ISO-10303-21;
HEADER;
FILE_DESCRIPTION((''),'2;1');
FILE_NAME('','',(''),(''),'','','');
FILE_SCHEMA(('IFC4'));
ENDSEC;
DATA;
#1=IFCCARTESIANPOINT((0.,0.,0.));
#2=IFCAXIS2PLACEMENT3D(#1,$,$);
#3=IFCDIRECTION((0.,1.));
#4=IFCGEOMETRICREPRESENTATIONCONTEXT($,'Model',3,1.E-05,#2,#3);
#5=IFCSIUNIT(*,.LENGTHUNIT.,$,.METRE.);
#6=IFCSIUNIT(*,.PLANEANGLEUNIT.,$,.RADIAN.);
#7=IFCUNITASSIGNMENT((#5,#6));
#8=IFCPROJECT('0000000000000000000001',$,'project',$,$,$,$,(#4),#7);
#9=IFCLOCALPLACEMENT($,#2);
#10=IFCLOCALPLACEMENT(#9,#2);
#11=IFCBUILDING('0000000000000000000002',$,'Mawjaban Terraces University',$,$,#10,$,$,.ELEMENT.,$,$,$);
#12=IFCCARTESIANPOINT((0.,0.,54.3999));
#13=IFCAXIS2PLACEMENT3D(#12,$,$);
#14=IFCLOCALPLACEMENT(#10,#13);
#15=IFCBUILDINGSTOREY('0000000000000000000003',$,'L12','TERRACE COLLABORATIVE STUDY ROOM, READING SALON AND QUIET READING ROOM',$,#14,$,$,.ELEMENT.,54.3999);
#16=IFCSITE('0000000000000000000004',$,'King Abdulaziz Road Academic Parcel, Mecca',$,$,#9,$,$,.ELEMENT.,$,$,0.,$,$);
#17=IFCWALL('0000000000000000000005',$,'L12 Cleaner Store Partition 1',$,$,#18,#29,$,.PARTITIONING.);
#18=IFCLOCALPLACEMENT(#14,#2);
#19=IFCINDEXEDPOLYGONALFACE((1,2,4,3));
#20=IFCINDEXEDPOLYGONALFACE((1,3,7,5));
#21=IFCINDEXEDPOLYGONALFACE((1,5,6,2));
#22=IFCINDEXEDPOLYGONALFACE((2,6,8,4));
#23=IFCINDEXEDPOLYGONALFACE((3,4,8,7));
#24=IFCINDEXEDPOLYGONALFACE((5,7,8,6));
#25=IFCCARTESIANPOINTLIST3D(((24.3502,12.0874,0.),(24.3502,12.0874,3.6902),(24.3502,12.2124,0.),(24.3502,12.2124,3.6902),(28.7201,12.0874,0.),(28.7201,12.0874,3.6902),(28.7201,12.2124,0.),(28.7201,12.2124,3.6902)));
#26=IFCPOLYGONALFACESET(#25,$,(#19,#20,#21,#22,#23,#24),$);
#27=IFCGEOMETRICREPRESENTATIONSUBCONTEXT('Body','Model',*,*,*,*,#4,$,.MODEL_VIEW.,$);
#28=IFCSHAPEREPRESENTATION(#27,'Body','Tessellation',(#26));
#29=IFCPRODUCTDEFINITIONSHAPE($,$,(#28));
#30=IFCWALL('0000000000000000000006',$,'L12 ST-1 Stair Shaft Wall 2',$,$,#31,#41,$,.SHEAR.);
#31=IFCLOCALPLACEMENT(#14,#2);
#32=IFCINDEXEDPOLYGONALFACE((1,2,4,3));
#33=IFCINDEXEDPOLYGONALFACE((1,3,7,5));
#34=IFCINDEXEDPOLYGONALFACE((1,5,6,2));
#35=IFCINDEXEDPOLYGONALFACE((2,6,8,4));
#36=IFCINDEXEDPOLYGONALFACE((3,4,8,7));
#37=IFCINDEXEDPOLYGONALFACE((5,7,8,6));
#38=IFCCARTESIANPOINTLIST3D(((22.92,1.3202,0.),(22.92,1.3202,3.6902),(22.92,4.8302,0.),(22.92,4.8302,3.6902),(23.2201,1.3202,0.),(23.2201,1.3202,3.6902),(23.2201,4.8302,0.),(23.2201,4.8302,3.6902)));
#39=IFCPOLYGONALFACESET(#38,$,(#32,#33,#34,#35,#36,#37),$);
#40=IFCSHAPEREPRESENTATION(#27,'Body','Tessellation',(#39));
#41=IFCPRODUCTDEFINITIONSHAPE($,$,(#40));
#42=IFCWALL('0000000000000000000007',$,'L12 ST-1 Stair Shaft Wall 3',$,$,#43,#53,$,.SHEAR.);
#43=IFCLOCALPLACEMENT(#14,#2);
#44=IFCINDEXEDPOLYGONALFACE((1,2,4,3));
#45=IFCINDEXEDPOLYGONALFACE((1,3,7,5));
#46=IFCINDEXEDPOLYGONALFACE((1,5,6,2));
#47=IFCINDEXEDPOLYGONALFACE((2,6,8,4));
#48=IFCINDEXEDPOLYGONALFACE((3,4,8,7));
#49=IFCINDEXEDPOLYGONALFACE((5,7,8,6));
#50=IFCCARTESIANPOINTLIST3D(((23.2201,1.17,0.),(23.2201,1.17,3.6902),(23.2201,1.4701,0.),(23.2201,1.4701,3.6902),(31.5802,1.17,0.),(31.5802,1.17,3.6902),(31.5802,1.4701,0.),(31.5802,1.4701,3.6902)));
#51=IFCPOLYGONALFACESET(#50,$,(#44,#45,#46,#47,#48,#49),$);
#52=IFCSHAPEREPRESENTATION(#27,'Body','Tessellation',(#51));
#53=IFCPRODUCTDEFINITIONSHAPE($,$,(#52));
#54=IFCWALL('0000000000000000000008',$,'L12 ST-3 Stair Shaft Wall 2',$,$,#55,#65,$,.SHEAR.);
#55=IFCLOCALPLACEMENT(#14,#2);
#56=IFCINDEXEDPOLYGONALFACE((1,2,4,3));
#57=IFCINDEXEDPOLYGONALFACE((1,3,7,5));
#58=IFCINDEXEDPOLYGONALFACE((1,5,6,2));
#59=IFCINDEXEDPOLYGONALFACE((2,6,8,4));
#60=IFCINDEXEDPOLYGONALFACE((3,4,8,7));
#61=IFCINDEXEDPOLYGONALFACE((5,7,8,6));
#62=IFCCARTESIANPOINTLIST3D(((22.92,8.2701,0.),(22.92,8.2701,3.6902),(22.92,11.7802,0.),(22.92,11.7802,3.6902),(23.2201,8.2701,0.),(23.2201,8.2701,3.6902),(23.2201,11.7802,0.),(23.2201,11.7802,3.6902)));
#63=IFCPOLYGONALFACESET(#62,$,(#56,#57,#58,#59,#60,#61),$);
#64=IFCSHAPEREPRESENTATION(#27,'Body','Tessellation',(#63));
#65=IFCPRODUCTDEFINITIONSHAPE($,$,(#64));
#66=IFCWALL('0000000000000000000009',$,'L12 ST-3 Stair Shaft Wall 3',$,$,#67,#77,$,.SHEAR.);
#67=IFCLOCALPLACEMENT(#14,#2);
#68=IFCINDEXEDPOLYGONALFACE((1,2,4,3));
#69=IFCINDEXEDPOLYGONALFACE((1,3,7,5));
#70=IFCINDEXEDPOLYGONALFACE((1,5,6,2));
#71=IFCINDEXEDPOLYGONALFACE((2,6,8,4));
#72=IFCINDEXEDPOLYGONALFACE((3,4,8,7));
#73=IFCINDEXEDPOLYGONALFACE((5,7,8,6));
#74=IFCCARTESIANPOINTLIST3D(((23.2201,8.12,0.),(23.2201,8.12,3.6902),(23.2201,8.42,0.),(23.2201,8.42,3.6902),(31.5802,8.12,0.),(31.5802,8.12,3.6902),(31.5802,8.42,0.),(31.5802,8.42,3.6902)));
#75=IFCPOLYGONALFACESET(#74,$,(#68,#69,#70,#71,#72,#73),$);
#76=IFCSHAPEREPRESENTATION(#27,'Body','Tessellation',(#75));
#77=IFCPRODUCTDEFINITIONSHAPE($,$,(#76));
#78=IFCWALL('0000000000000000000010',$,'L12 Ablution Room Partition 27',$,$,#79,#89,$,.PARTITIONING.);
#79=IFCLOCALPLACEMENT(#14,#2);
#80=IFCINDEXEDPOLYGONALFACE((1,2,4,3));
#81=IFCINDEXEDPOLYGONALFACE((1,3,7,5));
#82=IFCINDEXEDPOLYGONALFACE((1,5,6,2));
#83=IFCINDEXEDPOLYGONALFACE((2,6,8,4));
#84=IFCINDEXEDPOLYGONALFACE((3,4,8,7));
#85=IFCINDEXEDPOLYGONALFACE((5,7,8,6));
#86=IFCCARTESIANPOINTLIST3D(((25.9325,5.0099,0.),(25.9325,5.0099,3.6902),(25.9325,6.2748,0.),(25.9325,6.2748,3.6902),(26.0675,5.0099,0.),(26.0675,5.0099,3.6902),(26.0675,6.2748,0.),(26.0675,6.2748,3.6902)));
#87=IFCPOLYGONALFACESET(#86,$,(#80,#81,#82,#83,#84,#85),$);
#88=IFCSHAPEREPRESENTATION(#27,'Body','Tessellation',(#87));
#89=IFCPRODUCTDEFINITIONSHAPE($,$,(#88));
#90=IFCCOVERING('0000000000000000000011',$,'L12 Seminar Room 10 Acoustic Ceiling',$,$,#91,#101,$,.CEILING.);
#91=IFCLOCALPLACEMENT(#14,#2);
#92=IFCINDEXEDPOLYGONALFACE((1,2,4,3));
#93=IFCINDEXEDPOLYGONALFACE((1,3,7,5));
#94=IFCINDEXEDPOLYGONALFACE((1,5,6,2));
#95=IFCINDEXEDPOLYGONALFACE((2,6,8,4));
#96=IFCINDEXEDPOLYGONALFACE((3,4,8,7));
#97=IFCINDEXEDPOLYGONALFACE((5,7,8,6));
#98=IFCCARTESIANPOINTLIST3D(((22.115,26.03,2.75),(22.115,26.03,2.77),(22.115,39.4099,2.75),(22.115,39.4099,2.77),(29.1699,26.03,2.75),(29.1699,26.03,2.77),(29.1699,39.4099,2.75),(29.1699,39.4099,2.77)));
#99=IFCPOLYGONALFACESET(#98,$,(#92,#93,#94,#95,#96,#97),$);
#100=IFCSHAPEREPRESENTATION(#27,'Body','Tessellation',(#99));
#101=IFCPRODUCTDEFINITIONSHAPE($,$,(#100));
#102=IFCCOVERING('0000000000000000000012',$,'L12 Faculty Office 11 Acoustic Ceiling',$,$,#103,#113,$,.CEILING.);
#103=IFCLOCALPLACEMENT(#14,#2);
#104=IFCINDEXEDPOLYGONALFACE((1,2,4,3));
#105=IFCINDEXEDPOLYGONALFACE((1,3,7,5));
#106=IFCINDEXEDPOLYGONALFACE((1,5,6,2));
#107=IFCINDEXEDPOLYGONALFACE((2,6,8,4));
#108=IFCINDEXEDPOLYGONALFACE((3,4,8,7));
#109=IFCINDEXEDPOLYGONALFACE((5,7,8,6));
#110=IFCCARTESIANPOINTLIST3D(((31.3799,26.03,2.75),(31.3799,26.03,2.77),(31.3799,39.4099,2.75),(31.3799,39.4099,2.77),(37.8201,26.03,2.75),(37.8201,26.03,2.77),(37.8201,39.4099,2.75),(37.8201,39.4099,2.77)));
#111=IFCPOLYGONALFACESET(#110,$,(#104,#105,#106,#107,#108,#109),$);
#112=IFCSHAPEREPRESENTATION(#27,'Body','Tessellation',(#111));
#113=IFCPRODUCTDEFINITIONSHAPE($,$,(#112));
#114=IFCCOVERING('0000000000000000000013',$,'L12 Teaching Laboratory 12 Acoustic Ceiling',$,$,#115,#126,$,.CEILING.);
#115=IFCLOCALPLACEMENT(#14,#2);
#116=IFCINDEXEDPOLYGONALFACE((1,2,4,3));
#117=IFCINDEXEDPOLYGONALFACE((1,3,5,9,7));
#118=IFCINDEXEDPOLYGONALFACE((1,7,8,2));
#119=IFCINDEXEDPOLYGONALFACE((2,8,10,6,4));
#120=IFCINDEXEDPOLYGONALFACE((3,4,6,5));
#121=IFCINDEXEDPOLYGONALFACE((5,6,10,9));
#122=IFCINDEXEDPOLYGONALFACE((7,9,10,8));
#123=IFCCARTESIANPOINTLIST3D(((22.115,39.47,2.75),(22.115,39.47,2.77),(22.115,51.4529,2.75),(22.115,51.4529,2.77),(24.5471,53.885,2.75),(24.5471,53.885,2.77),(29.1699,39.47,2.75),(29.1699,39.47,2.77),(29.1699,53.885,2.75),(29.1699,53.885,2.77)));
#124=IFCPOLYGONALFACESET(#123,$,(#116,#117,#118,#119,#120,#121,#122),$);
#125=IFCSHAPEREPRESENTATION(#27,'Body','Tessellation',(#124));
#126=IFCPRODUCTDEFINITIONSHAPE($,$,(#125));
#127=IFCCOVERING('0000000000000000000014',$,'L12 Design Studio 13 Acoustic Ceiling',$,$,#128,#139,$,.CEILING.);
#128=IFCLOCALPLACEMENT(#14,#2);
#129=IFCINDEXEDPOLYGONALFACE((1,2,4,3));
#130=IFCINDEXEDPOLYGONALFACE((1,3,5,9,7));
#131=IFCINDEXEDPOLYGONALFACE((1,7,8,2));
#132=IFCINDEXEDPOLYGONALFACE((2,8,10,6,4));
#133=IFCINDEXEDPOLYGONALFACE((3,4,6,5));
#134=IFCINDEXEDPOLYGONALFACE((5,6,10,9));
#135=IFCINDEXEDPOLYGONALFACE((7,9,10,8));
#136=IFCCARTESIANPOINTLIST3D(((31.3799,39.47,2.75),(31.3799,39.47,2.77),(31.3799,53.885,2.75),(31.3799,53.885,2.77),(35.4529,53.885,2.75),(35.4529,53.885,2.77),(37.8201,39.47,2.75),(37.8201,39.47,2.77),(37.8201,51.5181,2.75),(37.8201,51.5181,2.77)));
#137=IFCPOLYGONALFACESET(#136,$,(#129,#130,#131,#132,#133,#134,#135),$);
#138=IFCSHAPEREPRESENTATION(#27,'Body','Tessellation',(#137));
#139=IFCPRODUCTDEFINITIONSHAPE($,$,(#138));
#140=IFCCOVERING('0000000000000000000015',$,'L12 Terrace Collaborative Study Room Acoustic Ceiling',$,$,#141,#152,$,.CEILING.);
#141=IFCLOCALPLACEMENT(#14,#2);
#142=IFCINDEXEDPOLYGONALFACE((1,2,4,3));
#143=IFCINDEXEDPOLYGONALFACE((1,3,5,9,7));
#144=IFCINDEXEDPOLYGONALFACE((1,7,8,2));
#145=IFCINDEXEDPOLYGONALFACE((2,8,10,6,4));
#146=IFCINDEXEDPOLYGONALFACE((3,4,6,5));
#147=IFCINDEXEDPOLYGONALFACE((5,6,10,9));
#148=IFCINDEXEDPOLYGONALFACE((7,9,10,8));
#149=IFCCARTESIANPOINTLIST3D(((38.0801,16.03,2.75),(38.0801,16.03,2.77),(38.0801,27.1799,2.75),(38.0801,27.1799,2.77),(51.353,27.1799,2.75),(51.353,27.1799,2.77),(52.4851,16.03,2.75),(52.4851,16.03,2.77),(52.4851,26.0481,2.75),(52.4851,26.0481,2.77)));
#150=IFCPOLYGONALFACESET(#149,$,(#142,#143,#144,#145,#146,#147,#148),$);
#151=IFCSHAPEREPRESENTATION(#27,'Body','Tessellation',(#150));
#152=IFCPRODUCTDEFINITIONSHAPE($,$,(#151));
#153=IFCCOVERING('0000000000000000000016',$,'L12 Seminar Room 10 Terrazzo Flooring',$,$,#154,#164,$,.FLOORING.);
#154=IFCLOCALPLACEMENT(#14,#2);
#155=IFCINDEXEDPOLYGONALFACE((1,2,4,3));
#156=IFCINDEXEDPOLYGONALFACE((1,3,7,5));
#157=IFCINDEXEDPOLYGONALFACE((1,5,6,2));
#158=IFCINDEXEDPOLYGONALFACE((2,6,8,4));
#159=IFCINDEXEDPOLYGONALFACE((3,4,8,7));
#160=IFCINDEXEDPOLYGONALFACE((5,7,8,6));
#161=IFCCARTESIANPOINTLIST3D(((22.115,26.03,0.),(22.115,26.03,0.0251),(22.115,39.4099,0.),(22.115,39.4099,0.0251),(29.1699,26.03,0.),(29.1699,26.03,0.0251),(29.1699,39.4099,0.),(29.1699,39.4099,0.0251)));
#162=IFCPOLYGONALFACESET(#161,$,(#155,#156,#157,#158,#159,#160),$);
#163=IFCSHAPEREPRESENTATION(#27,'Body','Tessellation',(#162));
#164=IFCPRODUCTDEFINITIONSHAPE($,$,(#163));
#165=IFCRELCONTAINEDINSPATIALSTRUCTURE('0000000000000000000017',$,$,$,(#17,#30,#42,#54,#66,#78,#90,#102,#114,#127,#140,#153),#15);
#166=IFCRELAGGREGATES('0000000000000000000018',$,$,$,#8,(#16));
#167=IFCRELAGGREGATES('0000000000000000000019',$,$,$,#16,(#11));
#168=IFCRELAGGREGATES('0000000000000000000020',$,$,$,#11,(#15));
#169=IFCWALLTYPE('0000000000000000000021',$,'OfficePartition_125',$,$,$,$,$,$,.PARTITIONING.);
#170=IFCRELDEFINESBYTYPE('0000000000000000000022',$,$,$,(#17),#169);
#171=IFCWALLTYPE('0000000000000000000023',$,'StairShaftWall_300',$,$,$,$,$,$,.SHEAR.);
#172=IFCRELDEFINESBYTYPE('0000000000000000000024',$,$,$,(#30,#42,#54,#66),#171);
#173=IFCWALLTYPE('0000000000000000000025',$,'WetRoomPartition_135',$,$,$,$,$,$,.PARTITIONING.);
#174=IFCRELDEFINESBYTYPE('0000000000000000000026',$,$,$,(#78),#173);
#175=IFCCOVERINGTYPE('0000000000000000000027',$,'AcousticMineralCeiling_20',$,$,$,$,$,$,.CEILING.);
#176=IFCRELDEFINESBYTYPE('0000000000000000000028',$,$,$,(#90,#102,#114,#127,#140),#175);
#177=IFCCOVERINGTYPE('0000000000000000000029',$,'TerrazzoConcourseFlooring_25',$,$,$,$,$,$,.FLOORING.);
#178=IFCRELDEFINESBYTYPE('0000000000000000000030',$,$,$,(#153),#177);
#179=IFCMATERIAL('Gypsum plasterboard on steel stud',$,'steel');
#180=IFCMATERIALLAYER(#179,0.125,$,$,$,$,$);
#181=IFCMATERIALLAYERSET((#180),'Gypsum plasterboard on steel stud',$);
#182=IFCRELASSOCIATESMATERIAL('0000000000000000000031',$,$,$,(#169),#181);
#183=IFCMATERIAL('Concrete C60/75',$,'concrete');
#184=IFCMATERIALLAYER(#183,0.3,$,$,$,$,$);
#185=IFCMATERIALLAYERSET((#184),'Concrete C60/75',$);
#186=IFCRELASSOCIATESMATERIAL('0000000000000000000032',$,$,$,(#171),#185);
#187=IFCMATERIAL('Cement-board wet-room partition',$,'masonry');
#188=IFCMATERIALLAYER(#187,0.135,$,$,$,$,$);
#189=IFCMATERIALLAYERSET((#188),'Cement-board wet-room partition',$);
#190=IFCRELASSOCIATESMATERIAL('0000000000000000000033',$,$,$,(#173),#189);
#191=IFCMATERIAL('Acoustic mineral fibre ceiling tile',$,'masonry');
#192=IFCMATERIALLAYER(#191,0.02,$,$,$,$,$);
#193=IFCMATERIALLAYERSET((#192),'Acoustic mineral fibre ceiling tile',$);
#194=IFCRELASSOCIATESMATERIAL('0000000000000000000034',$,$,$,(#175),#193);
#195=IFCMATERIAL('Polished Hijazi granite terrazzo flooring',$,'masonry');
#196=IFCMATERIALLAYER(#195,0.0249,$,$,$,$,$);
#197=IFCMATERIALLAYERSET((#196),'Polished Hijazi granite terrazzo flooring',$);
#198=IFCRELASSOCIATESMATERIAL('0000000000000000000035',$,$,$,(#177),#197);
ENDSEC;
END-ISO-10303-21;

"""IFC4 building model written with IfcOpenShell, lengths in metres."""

from ifc_helpers import new_model, si_unit, direction, frame, frame_2d, origin, place, context, subcontext, project, spatial, polyline, rectangle, outline, extrude, material, layer, layer_set, type_object, element, save


model = new_model("IFC4")

# Units and contexts
model_context = context("Model", 3, precision=1e-05, world=origin(), true_north=direction((0.0, 1.0)))
body_context = subcontext(model_context, "Body", "Model", "MODEL_VIEW")
ifc_project = project(units=[si_unit("LENGTHUNIT", "METRE"), si_unit("PLANEANGLEUNIT", "RADIAN")], contexts=[model_context])

# Site, building, storey
site_placement = place(None, origin())
site = spatial("IfcSite", under=ifc_project, at=site_placement, Name="King Abdulaziz Road Academic Parcel, Mecca", CompositionType="ELEMENT", RefElevation=0.0)
building_placement = place(site_placement, origin())
building = spatial("IfcBuilding", under=site, at=building_placement, Name="Mawjaban Terraces University", CompositionType="ELEMENT")
storey_placement = place(building_placement, frame((0.0, 0.0, 54.3999)))
storey = spatial("IfcBuildingStorey", under=building, at=storey_placement, Name="L12", Description="TERRACE COLLABORATIVE STUDY ROOM, READING SALON AND QUIET READING ROOM", CompositionType="ELEMENT", Elevation=54.3999)

# Walls
ifc_material_1 = material(Name="Gypsum plasterboard on steel stud", Category="steel")
ifc_layer_1 = layer(ifc_material_1, 0.125)
ifc_layer_set_1 = layer_set([ifc_layer_1], Name="Gypsum plasterboard on steel stud")
wall_type_1 = type_object("IfcWallType", Name="OfficePartition_125", PredefinedType="PARTITIONING", material=ifc_layer_set_1)
wall_1_placement = place(storey_placement, frame((24.3501, 12.1499, 0.0), z_axis=(0.0, 0.0, 1.0), x_axis=(1.0, 0.0, 0.0)))
element("IfcWall", 1, at=wall_1_placement, inside=storey, type_object=wall_type_1, Name="L12 Cleaner Store Partition 1", PredefinedType="PARTITIONING", context=body_context, shape_type="SweptSolid", body=[
    extrude(rectangle(XDim=4.3699, YDim=0.125, at=frame_2d((2.1851, 0.0))), origin(), (0.0, 0.0, 1.0), 3.6902),
])
ifc_material_2 = material(Name="Concrete C60/75", Category="concrete")
ifc_layer_2 = layer(ifc_material_2, 0.3)
ifc_layer_set_2 = layer_set([ifc_layer_2], Name="Concrete C60/75")
wall_type_2 = type_object("IfcWallType", Name="StairShaftWall_300", PredefinedType="SHEAR", material=ifc_layer_set_2)
wall_2_placement = place(storey_placement, frame((23.0701, 4.8301, 0.0), z_axis=(0.0, 0.0, 1.0), x_axis=(0.0, -1.0, 0.0)))
element("IfcWall", 2, at=wall_2_placement, inside=storey, type_object=wall_type_2, Name="L12 ST-1 Stair Shaft Wall 2", PredefinedType="SHEAR", context=body_context, shape_type="SweptSolid", body=[
    extrude(rectangle(XDim=3.51, YDim=0.3, at=frame_2d((1.7549, 0.0))), origin(), (0.0, 0.0, 1.0), 3.6902),
])
wall_3_placement = place(storey_placement, frame((23.22, 1.3201, 0.0), z_axis=(0.0, 0.0, 1.0), x_axis=(1.0, 0.0, 0.0)))
element("IfcWall", 3, at=wall_3_placement, inside=storey, type_object=wall_type_2, Name="L12 ST-1 Stair Shaft Wall 3", PredefinedType="SHEAR", context=body_context, shape_type="SweptSolid", body=[
    extrude(rectangle(XDim=8.3601, YDim=0.3, at=frame_2d((4.1802, 0.0))), origin(), (0.0, 0.0, 1.0), 3.6902),
])
wall_4_placement = place(storey_placement, frame((23.0701, 11.78, 0.0), z_axis=(0.0, 0.0, 1.0), x_axis=(0.0, -1.0, 0.0)))
element("IfcWall", 4, at=wall_4_placement, inside=storey, type_object=wall_type_2, Name="L12 ST-3 Stair Shaft Wall 2", PredefinedType="SHEAR", context=body_context, shape_type="SweptSolid", body=[
    extrude(rectangle(XDim=3.51, YDim=0.3, at=frame_2d((1.7549, 0.0))), origin(), (0.0, 0.0, 1.0), 3.6902),
])
wall_5_placement = place(storey_placement, frame((23.22, 8.27, 0.0), z_axis=(0.0, 0.0, 1.0), x_axis=(1.0, 0.0, 0.0)))
element("IfcWall", 5, at=wall_5_placement, inside=storey, type_object=wall_type_2, Name="L12 ST-3 Stair Shaft Wall 3", PredefinedType="SHEAR", context=body_context, shape_type="SweptSolid", body=[
    extrude(rectangle(XDim=8.3601, YDim=0.3, at=frame_2d((4.1802, 0.0))), origin(), (0.0, 0.0, 1.0), 3.6902),
])
ifc_material_3 = material(Name="Cement-board wet-room partition", Category="masonry")
ifc_layer_3 = layer(ifc_material_3, 0.135)
ifc_layer_set_3 = layer_set([ifc_layer_3], Name="Cement-board wet-room partition")
wall_type_3 = type_object("IfcWallType", Name="WetRoomPartition_135", PredefinedType="PARTITIONING", material=ifc_layer_set_3)
wall_6_placement = place(storey_placement, frame((26.0, 5.01, 0.0), z_axis=(0.0, 0.0, 1.0), x_axis=(0.0, 1.0, 0.0)))
element("IfcWall", 6, at=wall_6_placement, inside=storey, type_object=wall_type_3, Name="L12 Ablution Room Partition 27", PredefinedType="PARTITIONING", context=body_context, shape_type="SweptSolid", body=[
    extrude(rectangle(XDim=1.2649, YDim=0.135, at=frame_2d((0.6323, 0.0))), origin(), (0.0, 0.0, 1.0), 3.6902),
])

# Coverings
ifc_material_4 = material(Name="Acoustic mineral fibre ceiling tile", Category="masonry")
ifc_layer_4 = layer(ifc_material_4, 0.02)
ifc_layer_set_4 = layer_set([ifc_layer_4], Name="Acoustic mineral fibre ceiling tile")
covering_type_1 = type_object("IfcCoveringType", Name="AcousticMineralCeiling_20", PredefinedType="CEILING", material=ifc_layer_set_4)
covering_1_placement = place(storey_placement, frame((0.0, 0.0, 2.75)))
element("IfcCovering", 7, at=covering_1_placement, inside=storey, type_object=covering_type_1, Name="L12 Seminar Room 10 Acoustic Ceiling", PredefinedType="CEILING", context=body_context, shape_type="SweptSolid", body=[
    extrude(outline(polyline([(22.115, 39.4099), (22.115, 26.03), (29.1699, 26.03), (29.1699, 39.4099), (22.115, 39.4099)])), origin(), (0.0, 0.0, 1.0), 0.02),
])
covering_2_placement = place(storey_placement, frame((0.0, 0.0, 2.75)))
element("IfcCovering", 8, at=covering_2_placement, inside=storey, type_object=covering_type_1, Name="L12 Faculty Office 11 Acoustic Ceiling", PredefinedType="CEILING", context=body_context, shape_type="SweptSolid", body=[
    extrude(outline(polyline([(37.8201, 26.03), (37.8201, 39.4099), (31.3799, 39.4099), (31.3799, 26.03), (37.8201, 26.03)])), origin(), (0.0, 0.0, 1.0), 0.02),
])
covering_3_placement = place(storey_placement, frame((0.0, 0.0, 2.75)))
element("IfcCovering", 9, at=covering_3_placement, inside=storey, type_object=covering_type_1, Name="L12 Teaching Laboratory 12 Acoustic Ceiling", PredefinedType="CEILING", context=body_context, shape_type="SweptSolid", body=[
    extrude(outline(polyline([(29.1699, 53.885), (24.5471, 53.885), (22.115, 51.4529), (22.115, 39.47), (29.1699, 39.47), (29.1699, 53.885)])), origin(), (0.0, 0.0, 1.0), 0.02),
])
covering_4_placement = place(storey_placement, frame((0.0, 0.0, 2.75)))
element("IfcCovering", 10, at=covering_4_placement, inside=storey, type_object=covering_type_1, Name="L12 Design Studio 13 Acoustic Ceiling", PredefinedType="CEILING", context=body_context, shape_type="SweptSolid", body=[
    extrude(outline(polyline([(37.8201, 51.5181), (35.4529, 53.885), (31.3799, 53.885), (31.3799, 39.47), (37.8201, 39.47), (37.8201, 51.5181)])), origin(), (0.0, 0.0, 1.0), 0.02),
])
covering_5_placement = place(storey_placement, frame((0.0, 0.0, 2.75)))
element("IfcCovering", 11, at=covering_5_placement, inside=storey, type_object=covering_type_1, Name="L12 Terrace Collaborative Study Room Acoustic Ceiling", PredefinedType="CEILING", context=body_context, shape_type="SweptSolid", body=[
    extrude(outline(polyline([(52.4851, 16.03), (52.4851, 26.0481), (51.353, 27.1799), (38.0801, 27.1799), (38.0801, 16.03), (52.4851, 16.03)])), origin(), (0.0, 0.0, 1.0), 0.02),
])
ifc_material_5 = material(Name="Polished Hijazi granite terrazzo flooring", Category="masonry")
ifc_layer_5 = layer(ifc_material_5, 0.0249)
ifc_layer_set_5 = layer_set([ifc_layer_5], Name="Polished Hijazi granite terrazzo flooring")
covering_type_2 = type_object("IfcCoveringType", Name="TerrazzoConcourseFlooring_25", PredefinedType="FLOORING", material=ifc_layer_set_5)
covering_6_placement = place(storey_placement, origin())
element("IfcCovering", 12, at=covering_6_placement, inside=storey, type_object=covering_type_2, Name="L12 Seminar Room 10 Terrazzo Flooring", PredefinedType="FLOORING", context=body_context, shape_type="SweptSolid", body=[
    extrude(outline(polyline([(22.115, 39.4099), (22.115, 26.03), (29.1699, 26.03), (29.1699, 39.4099), (22.115, 39.4099)])), origin(), (0.0, 0.0, 1.0), 0.0251),
])

save(model, "model.ifc")
